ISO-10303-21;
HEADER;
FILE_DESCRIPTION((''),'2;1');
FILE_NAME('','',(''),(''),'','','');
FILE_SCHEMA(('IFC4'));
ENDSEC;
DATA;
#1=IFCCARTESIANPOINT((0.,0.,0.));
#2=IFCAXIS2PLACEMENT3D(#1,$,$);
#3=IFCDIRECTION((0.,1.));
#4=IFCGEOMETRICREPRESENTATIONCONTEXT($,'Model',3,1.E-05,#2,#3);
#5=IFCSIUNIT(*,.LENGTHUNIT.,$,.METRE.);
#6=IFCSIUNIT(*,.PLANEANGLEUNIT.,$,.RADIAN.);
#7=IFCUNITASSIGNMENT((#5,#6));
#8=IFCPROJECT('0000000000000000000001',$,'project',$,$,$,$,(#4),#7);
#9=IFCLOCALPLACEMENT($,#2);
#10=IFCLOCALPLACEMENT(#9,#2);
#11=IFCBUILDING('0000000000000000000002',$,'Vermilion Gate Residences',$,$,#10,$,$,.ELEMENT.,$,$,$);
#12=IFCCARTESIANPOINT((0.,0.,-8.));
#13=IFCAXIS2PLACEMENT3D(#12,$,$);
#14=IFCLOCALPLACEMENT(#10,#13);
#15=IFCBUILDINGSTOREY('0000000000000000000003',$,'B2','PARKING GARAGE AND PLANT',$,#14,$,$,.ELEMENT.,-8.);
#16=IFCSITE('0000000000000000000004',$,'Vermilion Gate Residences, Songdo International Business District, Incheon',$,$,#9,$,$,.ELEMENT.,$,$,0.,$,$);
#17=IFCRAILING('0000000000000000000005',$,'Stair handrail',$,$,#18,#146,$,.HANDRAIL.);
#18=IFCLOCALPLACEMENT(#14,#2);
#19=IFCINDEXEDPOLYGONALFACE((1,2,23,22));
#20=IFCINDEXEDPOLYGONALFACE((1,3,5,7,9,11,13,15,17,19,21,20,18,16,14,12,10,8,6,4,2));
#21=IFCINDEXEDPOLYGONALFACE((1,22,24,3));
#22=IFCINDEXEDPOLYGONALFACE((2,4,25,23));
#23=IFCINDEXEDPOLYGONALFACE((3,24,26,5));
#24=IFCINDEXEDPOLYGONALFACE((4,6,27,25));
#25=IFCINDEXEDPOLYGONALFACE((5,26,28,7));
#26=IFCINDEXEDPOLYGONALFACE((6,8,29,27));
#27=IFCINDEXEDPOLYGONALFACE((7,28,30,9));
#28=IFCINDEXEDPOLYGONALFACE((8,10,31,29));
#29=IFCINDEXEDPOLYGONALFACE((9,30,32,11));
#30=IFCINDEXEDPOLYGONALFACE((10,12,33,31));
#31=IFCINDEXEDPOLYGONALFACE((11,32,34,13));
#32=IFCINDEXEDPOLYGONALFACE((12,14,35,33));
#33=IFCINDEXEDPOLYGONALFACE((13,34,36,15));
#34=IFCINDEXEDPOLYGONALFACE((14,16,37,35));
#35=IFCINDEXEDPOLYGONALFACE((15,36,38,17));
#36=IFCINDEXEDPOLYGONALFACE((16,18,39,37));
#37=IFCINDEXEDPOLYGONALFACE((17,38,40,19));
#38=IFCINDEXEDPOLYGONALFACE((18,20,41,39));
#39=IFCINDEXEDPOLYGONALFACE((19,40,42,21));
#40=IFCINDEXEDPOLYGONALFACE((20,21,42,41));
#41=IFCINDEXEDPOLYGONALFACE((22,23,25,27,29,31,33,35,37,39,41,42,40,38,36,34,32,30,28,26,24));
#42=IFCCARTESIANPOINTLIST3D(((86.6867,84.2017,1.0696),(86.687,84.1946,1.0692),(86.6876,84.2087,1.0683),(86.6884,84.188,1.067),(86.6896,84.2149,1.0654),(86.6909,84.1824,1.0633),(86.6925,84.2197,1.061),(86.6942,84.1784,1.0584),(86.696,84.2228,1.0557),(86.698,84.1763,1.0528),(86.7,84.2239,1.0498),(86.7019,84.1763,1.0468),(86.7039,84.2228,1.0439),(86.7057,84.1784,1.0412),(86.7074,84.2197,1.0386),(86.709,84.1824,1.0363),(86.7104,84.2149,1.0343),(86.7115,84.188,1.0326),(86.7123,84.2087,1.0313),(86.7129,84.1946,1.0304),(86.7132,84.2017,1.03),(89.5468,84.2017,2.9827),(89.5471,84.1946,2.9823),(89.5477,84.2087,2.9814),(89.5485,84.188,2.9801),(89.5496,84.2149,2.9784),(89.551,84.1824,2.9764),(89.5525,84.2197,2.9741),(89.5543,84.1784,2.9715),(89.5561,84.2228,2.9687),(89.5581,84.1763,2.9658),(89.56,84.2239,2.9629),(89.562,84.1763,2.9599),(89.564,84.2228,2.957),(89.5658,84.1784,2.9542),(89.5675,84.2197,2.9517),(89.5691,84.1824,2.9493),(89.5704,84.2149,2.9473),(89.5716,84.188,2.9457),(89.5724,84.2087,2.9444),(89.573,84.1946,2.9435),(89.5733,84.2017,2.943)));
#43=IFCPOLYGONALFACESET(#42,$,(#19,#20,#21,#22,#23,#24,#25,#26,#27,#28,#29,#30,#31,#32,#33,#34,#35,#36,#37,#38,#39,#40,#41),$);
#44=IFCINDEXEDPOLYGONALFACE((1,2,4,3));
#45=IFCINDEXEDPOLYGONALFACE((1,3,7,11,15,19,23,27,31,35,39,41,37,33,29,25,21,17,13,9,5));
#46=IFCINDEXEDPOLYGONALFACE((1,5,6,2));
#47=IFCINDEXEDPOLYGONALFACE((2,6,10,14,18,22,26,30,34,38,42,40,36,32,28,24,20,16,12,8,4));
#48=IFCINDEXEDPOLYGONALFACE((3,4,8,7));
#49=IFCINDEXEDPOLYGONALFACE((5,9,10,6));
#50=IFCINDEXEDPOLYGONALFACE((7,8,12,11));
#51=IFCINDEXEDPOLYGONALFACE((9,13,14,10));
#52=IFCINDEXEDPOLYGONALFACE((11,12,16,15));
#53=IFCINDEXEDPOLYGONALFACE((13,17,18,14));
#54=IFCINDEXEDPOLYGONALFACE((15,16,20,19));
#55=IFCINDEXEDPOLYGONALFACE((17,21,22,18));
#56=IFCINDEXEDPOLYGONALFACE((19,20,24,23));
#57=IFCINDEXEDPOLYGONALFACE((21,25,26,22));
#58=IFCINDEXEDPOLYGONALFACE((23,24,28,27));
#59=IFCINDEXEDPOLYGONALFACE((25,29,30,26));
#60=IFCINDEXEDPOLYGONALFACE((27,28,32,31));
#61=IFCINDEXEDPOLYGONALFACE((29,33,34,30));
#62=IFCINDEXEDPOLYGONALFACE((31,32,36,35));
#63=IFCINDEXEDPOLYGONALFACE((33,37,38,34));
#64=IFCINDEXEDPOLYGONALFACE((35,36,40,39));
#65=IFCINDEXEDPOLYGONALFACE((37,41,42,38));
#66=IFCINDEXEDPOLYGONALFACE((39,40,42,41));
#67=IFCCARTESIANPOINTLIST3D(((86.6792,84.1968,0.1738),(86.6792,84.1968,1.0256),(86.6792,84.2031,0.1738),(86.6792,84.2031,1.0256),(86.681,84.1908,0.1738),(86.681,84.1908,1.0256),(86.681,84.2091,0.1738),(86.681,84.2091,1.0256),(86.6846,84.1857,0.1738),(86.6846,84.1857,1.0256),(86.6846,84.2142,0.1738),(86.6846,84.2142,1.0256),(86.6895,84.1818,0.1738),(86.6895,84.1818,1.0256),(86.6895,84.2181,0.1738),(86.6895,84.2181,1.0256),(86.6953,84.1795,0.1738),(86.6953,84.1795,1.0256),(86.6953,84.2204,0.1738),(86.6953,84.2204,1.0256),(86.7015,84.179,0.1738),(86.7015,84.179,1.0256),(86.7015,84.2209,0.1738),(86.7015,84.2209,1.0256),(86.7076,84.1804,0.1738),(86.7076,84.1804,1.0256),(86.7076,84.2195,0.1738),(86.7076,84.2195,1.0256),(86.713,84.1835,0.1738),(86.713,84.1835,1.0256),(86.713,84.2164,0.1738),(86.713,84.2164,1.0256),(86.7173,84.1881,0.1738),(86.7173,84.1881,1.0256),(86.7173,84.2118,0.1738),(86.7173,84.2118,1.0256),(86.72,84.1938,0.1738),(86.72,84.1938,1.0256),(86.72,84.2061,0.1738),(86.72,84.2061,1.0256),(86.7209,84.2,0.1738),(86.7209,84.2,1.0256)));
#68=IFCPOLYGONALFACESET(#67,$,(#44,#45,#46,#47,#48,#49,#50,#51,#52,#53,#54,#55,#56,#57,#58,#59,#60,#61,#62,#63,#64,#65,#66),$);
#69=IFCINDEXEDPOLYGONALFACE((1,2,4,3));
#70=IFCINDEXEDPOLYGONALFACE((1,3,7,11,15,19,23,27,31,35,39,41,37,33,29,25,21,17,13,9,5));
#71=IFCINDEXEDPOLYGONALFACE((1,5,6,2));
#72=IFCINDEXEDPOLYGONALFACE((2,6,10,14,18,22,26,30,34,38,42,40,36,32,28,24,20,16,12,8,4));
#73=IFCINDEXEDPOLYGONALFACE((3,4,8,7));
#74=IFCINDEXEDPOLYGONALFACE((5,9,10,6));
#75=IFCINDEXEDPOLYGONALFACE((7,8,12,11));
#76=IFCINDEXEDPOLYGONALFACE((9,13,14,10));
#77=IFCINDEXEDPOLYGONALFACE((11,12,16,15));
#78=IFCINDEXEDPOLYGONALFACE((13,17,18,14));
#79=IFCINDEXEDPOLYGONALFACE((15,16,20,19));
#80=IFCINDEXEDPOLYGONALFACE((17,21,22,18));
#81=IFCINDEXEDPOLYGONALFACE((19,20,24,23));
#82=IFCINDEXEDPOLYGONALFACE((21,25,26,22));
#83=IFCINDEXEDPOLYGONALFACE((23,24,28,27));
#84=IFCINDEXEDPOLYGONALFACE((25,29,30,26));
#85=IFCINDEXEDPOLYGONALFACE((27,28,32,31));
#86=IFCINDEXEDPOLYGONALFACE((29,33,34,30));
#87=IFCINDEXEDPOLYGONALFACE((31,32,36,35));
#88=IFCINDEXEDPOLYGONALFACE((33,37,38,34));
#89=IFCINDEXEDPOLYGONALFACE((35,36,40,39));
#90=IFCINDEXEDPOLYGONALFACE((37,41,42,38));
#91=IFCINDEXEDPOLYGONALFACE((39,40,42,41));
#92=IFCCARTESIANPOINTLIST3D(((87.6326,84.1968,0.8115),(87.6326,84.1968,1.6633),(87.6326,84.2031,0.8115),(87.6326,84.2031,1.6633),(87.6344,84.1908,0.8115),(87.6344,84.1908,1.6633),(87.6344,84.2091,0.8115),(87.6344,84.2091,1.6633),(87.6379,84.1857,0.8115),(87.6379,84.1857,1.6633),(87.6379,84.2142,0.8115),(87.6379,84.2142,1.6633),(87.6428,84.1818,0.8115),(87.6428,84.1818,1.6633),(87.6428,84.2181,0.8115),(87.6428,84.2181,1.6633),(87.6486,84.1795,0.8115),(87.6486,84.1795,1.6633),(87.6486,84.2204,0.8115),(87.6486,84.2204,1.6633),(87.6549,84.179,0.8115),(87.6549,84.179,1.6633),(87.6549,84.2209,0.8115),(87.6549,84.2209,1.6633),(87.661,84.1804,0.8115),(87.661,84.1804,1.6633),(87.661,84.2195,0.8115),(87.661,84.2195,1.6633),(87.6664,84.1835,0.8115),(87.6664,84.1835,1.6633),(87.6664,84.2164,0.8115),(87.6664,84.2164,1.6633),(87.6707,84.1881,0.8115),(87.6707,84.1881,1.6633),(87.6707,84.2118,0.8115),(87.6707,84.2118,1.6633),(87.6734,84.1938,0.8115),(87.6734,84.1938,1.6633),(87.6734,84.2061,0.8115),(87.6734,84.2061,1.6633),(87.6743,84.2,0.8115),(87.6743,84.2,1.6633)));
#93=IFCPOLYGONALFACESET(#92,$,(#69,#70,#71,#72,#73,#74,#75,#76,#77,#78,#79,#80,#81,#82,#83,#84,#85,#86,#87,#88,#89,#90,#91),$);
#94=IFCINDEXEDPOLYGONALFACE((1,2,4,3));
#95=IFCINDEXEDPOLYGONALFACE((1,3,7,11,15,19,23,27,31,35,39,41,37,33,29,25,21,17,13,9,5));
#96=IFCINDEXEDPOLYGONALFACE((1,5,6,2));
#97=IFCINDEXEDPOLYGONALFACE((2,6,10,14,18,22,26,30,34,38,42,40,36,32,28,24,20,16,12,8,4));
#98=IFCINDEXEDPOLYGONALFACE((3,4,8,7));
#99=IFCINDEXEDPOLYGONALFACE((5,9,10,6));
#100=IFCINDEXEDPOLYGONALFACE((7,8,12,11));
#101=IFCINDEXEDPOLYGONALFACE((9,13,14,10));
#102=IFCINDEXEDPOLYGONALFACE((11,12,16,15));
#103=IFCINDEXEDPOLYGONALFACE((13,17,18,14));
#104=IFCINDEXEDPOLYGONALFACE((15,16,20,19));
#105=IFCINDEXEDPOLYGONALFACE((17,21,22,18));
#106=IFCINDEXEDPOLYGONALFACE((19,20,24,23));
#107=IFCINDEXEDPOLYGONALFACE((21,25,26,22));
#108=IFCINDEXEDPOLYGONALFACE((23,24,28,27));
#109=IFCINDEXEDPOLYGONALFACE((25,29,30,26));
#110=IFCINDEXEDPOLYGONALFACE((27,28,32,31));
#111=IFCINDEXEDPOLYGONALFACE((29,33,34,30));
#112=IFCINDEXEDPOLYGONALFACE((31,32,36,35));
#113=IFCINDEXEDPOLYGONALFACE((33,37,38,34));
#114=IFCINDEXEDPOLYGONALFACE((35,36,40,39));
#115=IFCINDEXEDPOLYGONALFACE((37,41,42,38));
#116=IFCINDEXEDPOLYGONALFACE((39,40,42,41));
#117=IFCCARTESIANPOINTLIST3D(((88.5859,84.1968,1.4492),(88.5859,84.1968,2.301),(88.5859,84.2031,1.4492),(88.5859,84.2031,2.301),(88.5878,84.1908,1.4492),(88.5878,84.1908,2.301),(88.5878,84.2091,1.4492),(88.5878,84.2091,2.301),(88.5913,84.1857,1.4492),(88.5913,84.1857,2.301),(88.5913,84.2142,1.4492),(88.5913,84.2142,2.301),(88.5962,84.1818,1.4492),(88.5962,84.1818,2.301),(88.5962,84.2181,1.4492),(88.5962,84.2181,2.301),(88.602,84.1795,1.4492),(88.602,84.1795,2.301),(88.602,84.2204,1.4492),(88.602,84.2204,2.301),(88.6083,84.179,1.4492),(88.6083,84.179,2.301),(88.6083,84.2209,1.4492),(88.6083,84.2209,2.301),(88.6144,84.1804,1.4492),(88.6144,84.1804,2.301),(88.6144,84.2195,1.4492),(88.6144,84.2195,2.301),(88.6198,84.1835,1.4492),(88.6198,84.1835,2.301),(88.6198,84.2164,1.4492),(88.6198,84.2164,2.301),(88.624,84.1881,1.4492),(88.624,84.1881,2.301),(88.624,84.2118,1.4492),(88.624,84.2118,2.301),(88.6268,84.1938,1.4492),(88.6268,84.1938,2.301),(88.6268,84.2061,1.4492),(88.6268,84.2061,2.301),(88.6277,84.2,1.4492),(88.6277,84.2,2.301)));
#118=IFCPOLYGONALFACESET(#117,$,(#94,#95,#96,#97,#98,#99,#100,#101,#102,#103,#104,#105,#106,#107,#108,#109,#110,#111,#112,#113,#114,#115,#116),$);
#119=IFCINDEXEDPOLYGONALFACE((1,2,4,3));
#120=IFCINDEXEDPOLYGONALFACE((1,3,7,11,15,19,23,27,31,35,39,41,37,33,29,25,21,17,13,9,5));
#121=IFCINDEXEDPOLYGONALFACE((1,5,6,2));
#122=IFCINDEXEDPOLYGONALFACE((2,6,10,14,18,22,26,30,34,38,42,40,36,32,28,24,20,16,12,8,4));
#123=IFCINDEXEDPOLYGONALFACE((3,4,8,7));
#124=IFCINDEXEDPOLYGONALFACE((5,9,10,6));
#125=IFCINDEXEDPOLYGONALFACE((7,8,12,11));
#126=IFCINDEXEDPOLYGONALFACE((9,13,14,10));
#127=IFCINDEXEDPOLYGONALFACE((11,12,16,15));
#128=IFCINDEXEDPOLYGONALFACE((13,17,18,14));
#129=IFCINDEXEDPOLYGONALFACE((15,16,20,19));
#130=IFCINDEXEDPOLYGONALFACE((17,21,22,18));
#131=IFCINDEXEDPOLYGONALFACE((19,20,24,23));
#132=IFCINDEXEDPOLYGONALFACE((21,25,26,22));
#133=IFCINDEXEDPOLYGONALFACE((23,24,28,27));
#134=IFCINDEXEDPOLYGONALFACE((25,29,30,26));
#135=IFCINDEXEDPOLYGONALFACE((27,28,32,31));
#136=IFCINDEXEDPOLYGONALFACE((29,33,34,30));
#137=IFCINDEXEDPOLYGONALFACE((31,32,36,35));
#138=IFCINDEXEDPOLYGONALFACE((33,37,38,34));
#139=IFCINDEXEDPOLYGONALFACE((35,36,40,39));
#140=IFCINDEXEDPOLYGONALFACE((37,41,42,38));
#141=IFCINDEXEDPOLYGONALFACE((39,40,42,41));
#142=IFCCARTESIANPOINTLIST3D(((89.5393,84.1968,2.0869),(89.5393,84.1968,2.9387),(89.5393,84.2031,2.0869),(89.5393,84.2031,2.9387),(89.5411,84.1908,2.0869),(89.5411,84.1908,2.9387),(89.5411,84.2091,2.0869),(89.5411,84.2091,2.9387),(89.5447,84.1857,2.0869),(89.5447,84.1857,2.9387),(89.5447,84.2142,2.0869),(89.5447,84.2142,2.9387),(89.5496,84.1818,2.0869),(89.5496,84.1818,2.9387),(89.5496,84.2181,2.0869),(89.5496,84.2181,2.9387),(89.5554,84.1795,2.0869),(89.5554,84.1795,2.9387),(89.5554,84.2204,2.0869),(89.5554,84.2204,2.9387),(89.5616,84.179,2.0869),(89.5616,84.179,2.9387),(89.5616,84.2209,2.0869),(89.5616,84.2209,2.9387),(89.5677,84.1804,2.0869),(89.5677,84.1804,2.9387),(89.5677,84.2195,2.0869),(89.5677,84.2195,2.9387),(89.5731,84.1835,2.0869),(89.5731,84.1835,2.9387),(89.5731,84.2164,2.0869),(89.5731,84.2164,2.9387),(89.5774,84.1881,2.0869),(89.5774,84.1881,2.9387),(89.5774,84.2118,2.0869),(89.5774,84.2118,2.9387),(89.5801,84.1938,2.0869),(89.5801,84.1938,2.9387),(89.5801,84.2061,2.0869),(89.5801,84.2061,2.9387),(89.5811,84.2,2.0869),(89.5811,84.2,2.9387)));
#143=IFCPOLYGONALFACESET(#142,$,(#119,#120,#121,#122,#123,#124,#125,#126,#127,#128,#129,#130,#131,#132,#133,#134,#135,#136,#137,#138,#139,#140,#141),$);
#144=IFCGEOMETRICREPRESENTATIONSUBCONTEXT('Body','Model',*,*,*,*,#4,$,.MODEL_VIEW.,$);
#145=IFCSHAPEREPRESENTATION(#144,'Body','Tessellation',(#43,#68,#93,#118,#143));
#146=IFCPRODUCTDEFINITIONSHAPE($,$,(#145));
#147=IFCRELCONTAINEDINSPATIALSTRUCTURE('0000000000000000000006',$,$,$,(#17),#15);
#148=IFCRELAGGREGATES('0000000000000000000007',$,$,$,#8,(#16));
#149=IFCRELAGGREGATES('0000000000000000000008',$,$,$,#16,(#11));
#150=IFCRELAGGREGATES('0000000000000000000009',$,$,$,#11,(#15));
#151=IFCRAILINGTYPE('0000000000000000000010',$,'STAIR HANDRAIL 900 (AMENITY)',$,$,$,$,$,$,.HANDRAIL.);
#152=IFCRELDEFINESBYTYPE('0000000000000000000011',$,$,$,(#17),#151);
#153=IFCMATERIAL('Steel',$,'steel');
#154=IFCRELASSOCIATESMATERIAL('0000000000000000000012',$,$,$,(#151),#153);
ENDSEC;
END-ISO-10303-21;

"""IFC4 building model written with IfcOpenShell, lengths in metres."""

from ifc_helpers import new_model, si_unit, direction, frame, origin, origin_2d, place, context, subcontext, project, spatial, circle, extrude, material, type_object, element, save


model = new_model("IFC4")

# Units and contexts
model_context = context("Model", 3, precision=1e-05, world=origin(), true_north=direction((0.0, 1.0)))
body_context = subcontext(model_context, "Body", "Model", "MODEL_VIEW")
ifc_project = project(units=[si_unit("LENGTHUNIT", "METRE"), si_unit("PLANEANGLEUNIT", "RADIAN")], contexts=[model_context])

# Site, building, storey
site_placement = place(None, origin())
site = spatial("IfcSite", under=ifc_project, at=site_placement, Name="Vermilion Gate Residences, Songdo International Business District, Incheon", CompositionType="ELEMENT", RefElevation=0.0)
building_placement = place(site_placement, origin())
building = spatial("IfcBuilding", under=site, at=building_placement, Name="Vermilion Gate Residences", CompositionType="ELEMENT")
storey_placement = place(building_placement, frame((0.0, 0.0, -8.0)))
storey = spatial("IfcBuildingStorey", under=building, at=storey_placement, Name="B2", Description="PARKING GARAGE AND PLANT", CompositionType="ELEMENT", Elevation=-8.0)

# Railing
ifc_material_1 = material(Name="Steel", Category="steel")
railing_type = type_object("IfcRailingType", Name="STAIR HANDRAIL 900 (AMENITY)", PredefinedType="HANDRAIL", material=ifc_material_1)
railing_1_placement = place(storey_placement, frame((86.7, 84.2, 0.1738)))
element("IfcRailing", 1, at=railing_1_placement, inside=storey, type_object=railing_type, Name="Stair handrail", PredefinedType="HANDRAIL", context=body_context, shape_type="SweptSolid", body=[
    extrude(circle(Radius=0.0239, at=origin_2d()), frame((0.0, 0.0, 0.876), z_axis=(0.831198, 0.0, 0.555977), x_axis=(0.0, 1.0, 0.0)), (0.0, 0.0, 1.0), 3.4409),
    extrude(circle(Radius=0.021, at=origin_2d()), origin(), (0.0, 0.0, 1.0), 0.8518),
    extrude(circle(Radius=0.021, at=origin_2d()), frame((0.9534, 0.0, 0.6377)), (0.0, 0.0, 1.0), 0.8518),
    extrude(circle(Radius=0.021, at=origin_2d()), frame((1.9067, 0.0, 1.2754)), (0.0, 0.0, 1.0), 0.8518),
    extrude(circle(Radius=0.021, at=origin_2d()), frame((2.8601, 0.0, 1.9131)), (0.0, 0.0, 1.0), 0.8518),
])

save(model, "model.ifc")
